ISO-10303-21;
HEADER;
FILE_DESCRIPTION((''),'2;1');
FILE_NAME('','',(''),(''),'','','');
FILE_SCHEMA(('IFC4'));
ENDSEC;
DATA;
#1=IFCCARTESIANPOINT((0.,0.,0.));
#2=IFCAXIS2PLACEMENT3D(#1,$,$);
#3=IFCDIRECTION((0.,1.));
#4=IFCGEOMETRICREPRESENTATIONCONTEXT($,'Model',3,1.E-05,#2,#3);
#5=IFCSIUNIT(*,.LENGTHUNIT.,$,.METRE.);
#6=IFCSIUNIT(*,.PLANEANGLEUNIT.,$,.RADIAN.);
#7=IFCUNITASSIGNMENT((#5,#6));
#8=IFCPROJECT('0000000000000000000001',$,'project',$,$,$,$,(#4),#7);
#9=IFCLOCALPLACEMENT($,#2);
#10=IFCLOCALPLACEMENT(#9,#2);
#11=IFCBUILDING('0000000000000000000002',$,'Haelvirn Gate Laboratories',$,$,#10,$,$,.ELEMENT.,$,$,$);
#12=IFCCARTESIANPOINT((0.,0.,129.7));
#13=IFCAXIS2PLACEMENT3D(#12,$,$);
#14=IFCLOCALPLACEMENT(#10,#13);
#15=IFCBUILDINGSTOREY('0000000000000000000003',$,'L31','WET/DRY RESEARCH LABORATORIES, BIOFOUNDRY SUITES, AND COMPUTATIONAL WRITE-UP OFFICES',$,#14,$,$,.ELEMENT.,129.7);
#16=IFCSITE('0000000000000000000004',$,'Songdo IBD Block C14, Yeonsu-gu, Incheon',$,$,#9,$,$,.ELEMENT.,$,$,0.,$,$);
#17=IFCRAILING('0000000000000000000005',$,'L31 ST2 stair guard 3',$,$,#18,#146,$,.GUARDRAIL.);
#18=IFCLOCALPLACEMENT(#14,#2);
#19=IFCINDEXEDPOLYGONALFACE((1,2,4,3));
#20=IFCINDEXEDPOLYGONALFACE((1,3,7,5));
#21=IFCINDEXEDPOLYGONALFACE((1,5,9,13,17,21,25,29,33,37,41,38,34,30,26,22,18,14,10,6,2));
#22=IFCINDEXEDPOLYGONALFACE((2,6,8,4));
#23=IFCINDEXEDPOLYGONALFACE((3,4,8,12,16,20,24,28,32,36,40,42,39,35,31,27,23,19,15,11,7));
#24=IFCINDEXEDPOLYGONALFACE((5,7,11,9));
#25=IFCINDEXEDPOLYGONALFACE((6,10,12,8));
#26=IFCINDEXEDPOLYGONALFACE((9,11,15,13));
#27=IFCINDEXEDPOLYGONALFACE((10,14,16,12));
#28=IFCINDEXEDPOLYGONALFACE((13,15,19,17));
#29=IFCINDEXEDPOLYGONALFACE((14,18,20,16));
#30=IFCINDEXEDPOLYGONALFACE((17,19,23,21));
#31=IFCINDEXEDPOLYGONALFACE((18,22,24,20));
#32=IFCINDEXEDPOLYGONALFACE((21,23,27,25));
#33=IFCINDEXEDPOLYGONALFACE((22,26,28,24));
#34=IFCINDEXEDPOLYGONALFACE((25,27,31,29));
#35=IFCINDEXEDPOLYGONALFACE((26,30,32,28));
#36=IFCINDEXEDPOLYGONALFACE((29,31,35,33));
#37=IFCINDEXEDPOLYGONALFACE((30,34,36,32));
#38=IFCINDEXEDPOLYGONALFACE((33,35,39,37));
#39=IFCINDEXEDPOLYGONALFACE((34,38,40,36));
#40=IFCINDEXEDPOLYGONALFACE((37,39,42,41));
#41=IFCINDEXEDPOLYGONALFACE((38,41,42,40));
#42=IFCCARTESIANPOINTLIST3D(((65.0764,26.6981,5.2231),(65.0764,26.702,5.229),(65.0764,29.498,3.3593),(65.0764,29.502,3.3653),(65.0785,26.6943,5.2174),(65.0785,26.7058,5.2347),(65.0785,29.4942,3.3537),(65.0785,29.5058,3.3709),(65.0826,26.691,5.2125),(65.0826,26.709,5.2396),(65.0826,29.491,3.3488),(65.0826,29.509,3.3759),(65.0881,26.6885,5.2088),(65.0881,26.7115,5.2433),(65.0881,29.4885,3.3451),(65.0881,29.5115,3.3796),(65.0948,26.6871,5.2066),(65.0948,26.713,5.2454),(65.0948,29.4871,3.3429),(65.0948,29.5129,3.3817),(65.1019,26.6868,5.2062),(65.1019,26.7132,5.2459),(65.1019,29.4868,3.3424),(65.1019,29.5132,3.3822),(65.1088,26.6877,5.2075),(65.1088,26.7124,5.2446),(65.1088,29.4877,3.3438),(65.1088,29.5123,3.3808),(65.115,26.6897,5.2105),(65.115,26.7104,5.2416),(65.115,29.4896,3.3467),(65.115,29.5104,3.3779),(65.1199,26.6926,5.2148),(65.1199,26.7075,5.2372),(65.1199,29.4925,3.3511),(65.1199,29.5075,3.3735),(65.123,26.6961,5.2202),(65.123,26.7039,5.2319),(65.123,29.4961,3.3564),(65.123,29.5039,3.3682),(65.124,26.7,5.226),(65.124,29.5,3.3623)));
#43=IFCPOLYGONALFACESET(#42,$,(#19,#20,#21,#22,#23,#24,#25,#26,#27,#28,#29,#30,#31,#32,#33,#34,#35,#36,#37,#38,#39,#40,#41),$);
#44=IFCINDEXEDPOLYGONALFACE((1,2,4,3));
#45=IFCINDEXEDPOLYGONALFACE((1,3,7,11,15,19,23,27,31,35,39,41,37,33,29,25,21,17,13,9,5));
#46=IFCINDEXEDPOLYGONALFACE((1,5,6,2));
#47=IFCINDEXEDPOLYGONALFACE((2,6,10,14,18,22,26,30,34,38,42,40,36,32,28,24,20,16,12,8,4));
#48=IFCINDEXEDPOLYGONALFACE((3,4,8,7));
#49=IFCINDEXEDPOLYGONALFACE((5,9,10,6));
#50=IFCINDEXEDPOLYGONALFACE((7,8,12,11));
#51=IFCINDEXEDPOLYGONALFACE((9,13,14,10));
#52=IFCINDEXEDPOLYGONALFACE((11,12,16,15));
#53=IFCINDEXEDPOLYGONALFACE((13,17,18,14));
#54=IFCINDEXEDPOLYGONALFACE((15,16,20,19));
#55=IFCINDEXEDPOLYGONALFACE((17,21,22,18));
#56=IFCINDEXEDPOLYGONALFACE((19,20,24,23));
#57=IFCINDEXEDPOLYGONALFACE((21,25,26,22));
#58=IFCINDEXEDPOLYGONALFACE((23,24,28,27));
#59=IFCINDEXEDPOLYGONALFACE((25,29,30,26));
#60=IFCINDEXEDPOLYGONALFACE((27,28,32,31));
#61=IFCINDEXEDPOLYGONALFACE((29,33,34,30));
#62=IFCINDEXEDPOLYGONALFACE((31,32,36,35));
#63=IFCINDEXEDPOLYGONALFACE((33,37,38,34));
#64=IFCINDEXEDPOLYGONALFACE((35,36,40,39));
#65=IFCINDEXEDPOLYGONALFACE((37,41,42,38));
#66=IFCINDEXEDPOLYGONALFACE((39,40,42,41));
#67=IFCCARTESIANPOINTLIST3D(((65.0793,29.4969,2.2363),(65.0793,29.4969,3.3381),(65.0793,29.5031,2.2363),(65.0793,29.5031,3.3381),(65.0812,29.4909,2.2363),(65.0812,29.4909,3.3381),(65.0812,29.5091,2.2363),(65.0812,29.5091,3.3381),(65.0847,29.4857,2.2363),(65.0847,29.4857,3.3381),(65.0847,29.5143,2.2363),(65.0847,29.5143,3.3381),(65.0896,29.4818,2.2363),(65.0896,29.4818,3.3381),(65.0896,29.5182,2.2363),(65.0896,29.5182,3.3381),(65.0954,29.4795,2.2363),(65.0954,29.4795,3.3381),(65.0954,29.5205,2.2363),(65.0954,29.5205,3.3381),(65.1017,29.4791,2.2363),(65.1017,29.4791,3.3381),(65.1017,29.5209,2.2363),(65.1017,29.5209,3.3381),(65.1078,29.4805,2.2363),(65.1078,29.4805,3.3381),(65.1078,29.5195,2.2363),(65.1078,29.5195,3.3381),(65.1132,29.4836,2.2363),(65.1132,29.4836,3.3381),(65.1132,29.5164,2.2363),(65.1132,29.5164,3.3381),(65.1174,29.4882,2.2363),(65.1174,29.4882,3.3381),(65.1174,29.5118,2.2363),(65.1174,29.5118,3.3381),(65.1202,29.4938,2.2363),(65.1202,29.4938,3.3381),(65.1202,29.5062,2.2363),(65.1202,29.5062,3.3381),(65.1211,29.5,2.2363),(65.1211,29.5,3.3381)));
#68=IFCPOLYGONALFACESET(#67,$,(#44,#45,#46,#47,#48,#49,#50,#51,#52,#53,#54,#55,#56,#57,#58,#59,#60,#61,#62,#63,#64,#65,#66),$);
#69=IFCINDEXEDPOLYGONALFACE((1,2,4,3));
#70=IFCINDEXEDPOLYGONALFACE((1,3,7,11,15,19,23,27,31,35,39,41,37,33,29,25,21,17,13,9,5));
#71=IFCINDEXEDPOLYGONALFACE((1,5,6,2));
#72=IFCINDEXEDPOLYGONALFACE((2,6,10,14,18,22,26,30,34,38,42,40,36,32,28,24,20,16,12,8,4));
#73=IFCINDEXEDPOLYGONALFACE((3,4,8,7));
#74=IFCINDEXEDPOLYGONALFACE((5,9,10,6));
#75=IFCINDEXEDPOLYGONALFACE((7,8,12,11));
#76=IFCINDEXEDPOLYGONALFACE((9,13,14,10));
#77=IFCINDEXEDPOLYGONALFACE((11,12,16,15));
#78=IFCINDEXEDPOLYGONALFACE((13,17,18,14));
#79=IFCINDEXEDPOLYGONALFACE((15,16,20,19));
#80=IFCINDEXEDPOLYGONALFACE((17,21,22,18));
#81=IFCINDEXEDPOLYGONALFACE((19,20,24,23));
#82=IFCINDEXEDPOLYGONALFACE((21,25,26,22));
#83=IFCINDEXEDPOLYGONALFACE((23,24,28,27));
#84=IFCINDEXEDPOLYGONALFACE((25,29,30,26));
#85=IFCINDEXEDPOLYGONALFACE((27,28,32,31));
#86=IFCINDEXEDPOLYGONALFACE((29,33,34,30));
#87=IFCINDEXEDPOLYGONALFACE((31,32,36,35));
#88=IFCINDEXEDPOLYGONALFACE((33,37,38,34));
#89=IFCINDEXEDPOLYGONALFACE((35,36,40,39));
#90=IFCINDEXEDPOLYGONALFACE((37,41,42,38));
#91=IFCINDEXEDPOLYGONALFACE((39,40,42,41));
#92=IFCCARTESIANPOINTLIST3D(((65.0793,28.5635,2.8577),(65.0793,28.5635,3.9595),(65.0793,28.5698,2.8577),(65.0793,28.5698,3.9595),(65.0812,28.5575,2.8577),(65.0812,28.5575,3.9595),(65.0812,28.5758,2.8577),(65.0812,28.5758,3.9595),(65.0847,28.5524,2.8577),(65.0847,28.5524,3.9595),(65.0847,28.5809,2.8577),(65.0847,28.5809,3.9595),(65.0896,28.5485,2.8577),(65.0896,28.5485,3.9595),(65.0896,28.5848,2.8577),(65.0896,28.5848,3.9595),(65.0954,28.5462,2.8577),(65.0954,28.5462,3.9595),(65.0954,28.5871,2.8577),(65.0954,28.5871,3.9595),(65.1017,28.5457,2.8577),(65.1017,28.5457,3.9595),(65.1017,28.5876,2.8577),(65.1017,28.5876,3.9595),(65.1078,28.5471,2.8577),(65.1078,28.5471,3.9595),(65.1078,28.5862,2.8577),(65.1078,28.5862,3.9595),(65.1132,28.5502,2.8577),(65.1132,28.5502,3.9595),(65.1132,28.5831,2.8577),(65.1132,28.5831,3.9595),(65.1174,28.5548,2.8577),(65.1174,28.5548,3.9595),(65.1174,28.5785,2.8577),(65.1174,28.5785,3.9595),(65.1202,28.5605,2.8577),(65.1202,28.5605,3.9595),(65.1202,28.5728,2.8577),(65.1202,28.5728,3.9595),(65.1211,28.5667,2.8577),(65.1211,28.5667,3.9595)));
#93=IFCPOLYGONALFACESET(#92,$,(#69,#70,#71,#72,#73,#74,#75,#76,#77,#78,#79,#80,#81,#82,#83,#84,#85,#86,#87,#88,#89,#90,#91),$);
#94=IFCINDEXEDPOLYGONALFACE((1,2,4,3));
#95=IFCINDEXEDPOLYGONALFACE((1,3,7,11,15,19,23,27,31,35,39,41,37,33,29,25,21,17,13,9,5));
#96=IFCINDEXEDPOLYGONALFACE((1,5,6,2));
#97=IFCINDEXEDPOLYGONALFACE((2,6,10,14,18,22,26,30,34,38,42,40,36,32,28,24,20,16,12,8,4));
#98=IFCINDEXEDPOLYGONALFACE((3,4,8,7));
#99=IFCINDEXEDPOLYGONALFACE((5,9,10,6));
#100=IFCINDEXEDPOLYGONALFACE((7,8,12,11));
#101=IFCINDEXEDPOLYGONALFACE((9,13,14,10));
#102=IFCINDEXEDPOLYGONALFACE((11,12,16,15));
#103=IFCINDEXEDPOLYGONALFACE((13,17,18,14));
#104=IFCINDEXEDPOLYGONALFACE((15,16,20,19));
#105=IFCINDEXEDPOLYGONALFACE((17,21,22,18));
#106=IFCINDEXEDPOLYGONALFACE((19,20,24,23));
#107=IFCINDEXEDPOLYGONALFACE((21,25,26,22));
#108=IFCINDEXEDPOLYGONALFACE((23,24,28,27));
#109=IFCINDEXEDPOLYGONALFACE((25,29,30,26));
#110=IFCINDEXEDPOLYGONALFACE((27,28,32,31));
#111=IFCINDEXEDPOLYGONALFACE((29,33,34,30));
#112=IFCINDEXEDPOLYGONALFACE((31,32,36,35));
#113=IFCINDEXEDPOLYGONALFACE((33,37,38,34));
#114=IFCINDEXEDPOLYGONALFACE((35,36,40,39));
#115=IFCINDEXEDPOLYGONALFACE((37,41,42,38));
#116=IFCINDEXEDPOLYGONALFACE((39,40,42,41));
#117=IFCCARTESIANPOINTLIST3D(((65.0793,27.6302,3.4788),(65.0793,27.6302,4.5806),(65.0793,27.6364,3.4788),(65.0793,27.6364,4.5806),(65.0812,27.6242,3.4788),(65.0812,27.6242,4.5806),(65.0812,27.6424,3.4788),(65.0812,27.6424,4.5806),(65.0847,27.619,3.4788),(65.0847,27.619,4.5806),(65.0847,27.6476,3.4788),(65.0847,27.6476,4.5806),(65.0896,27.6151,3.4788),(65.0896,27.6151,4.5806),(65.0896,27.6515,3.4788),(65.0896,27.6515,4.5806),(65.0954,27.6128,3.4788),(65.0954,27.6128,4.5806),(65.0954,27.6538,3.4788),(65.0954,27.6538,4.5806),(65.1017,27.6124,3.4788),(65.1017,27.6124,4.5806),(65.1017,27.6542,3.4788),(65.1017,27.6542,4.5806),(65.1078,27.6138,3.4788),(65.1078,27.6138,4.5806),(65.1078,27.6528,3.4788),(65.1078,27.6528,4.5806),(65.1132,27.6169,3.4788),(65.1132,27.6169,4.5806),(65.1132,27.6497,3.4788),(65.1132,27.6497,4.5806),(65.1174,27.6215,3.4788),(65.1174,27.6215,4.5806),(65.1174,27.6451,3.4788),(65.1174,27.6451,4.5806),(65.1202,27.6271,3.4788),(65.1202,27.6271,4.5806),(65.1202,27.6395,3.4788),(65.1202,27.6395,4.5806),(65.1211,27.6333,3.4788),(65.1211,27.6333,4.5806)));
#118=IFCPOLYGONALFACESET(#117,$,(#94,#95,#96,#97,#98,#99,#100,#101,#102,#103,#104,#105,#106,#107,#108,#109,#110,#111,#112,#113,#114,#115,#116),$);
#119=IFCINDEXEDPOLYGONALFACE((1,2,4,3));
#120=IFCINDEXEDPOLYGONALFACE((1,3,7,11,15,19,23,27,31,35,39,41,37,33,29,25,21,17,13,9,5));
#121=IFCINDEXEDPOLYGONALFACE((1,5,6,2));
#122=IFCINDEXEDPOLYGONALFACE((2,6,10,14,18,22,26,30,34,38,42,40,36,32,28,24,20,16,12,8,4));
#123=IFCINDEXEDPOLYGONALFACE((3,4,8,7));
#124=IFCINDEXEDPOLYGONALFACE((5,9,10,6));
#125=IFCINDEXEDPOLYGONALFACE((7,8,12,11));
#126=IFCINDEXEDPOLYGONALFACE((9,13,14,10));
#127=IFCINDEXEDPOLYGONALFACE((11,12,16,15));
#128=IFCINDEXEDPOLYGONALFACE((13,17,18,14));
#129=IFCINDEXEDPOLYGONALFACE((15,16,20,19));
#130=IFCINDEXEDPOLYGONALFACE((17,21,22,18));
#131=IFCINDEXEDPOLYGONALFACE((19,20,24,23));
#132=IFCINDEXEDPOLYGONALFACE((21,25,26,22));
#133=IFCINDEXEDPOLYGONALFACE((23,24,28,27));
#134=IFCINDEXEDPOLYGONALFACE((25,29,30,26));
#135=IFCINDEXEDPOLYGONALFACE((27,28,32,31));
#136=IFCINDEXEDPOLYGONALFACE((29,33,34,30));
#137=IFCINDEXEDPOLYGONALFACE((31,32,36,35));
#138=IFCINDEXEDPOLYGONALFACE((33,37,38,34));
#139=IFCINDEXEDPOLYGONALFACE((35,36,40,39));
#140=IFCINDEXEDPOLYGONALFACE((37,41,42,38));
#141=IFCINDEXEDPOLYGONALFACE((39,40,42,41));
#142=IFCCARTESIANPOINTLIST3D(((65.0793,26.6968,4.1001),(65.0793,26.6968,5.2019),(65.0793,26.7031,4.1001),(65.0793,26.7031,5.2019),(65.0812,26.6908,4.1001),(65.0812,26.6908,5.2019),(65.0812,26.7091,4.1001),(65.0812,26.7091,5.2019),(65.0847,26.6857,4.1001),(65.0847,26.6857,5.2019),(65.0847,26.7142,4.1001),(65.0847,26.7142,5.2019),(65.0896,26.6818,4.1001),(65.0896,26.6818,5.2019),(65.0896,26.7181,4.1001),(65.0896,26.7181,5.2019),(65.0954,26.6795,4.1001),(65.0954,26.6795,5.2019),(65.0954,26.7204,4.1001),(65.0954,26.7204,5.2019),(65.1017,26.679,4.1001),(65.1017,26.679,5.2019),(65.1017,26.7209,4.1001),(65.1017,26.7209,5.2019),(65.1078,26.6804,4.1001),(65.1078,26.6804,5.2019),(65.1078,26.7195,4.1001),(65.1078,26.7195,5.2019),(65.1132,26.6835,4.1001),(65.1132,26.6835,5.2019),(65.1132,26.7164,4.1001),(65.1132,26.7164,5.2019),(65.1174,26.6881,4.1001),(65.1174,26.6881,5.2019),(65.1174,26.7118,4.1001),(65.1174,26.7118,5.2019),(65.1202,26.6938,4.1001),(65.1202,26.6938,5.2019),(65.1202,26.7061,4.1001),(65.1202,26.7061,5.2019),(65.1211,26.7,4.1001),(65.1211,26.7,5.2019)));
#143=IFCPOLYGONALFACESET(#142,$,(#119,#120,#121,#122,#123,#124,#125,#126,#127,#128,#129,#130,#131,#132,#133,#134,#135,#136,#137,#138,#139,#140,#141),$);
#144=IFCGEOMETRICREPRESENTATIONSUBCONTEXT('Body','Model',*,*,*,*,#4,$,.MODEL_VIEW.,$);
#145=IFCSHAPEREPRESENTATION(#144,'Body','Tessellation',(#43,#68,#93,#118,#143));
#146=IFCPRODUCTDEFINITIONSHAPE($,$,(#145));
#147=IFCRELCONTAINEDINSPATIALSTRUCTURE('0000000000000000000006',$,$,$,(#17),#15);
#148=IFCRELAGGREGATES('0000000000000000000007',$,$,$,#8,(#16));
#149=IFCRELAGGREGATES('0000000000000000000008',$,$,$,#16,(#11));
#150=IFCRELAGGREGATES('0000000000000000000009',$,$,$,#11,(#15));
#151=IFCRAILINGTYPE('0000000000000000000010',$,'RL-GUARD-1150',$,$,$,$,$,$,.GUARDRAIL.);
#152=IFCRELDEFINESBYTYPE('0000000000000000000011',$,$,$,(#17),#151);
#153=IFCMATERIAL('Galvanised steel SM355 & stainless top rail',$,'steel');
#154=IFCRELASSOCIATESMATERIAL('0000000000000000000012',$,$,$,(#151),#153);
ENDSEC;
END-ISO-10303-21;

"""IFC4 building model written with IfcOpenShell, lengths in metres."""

from ifc_helpers import new_model, si_unit, direction, frame, origin, origin_2d, place, context, subcontext, project, spatial, circle, extrude, source, transform, mapped, material, type_object, element, save


model = new_model("IFC4")

# Units and contexts
model_context = context("Model", 3, precision=1e-05, world=origin(), true_north=direction((0.0, 1.0)))
body_context = subcontext(model_context, "Body", "Model", "MODEL_VIEW")
ifc_project = project(units=[si_unit("LENGTHUNIT", "METRE"), si_unit("PLANEANGLEUNIT", "RADIAN")], contexts=[model_context])

# Site, building, storey
site_placement = place(None, origin())
site = spatial("IfcSite", under=ifc_project, at=site_placement, Name="Songdo IBD Block C14, Yeonsu-gu, Incheon", CompositionType="ELEMENT", RefElevation=0.0)
building_placement = place(site_placement, origin())
building = spatial("IfcBuilding", under=site, at=building_placement, Name="Haelvirn Gate Laboratories", CompositionType="ELEMENT")
storey_placement = place(building_placement, frame((0.0, 0.0, 129.7)))
storey = spatial("IfcBuildingStorey", under=building, at=storey_placement, Name="L31", Description="WET/DRY RESEARCH LABORATORIES, BIOFOUNDRY SUITES, AND COMPUTATIONAL WRITE-UP OFFICES", CompositionType="ELEMENT", Elevation=129.7)

# Railing
ifc_material_1 = material(Name="Galvanised steel SM355 & stainless top rail", Category="steel")
railing_type_1 = type_object("IfcRailingType", Name="RL-GUARD-1150", PredefinedType="GUARDRAIL", material=ifc_material_1)
shared_shape_1 = source(origin(), body_context, "Body", "SweptSolid", [
    extrude(circle(Radius=0.0239, at=origin_2d()), frame((0.0, 0.0, 1.126), z_axis=(0.0, -0.832452, 0.554097), x_axis=(1.0, 0.0, 0.0)), (0.0, 0.0, 1.0), 3.3635),
    extrude(circle(Radius=0.021, at=origin_2d()), origin(), (0.0, 0.0, 1.0), 1.1018),
    extrude(circle(Radius=0.021, at=origin_2d()), frame((0.0, -0.9333, 0.6213)), (0.0, 0.0, 1.0), 1.1018),
    extrude(circle(Radius=0.021, at=origin_2d()), frame((0.0, -1.8667, 1.2424)), (0.0, 0.0, 1.0), 1.1018),
    extrude(circle(Radius=0.021, at=origin_2d()), frame((0.0, -2.8, 1.8638)), (0.0, 0.0, 1.0), 1.1018),
])
railing_1_placement = place(storey_placement, frame((65.1001, 29.5, 2.2363)))
element("IfcRailing", 1, at=railing_1_placement, inside=storey, type_object=railing_type_1, Name="L31 ST2 stair guard 3", PredefinedType="GUARDRAIL", context=body_context, shape_type="MappedRepresentation", body=[
    mapped(shared_shape_1, transform((0.0, 0.0, 0.0), scale=1.0)),
])

save(model, "model.ifc")
